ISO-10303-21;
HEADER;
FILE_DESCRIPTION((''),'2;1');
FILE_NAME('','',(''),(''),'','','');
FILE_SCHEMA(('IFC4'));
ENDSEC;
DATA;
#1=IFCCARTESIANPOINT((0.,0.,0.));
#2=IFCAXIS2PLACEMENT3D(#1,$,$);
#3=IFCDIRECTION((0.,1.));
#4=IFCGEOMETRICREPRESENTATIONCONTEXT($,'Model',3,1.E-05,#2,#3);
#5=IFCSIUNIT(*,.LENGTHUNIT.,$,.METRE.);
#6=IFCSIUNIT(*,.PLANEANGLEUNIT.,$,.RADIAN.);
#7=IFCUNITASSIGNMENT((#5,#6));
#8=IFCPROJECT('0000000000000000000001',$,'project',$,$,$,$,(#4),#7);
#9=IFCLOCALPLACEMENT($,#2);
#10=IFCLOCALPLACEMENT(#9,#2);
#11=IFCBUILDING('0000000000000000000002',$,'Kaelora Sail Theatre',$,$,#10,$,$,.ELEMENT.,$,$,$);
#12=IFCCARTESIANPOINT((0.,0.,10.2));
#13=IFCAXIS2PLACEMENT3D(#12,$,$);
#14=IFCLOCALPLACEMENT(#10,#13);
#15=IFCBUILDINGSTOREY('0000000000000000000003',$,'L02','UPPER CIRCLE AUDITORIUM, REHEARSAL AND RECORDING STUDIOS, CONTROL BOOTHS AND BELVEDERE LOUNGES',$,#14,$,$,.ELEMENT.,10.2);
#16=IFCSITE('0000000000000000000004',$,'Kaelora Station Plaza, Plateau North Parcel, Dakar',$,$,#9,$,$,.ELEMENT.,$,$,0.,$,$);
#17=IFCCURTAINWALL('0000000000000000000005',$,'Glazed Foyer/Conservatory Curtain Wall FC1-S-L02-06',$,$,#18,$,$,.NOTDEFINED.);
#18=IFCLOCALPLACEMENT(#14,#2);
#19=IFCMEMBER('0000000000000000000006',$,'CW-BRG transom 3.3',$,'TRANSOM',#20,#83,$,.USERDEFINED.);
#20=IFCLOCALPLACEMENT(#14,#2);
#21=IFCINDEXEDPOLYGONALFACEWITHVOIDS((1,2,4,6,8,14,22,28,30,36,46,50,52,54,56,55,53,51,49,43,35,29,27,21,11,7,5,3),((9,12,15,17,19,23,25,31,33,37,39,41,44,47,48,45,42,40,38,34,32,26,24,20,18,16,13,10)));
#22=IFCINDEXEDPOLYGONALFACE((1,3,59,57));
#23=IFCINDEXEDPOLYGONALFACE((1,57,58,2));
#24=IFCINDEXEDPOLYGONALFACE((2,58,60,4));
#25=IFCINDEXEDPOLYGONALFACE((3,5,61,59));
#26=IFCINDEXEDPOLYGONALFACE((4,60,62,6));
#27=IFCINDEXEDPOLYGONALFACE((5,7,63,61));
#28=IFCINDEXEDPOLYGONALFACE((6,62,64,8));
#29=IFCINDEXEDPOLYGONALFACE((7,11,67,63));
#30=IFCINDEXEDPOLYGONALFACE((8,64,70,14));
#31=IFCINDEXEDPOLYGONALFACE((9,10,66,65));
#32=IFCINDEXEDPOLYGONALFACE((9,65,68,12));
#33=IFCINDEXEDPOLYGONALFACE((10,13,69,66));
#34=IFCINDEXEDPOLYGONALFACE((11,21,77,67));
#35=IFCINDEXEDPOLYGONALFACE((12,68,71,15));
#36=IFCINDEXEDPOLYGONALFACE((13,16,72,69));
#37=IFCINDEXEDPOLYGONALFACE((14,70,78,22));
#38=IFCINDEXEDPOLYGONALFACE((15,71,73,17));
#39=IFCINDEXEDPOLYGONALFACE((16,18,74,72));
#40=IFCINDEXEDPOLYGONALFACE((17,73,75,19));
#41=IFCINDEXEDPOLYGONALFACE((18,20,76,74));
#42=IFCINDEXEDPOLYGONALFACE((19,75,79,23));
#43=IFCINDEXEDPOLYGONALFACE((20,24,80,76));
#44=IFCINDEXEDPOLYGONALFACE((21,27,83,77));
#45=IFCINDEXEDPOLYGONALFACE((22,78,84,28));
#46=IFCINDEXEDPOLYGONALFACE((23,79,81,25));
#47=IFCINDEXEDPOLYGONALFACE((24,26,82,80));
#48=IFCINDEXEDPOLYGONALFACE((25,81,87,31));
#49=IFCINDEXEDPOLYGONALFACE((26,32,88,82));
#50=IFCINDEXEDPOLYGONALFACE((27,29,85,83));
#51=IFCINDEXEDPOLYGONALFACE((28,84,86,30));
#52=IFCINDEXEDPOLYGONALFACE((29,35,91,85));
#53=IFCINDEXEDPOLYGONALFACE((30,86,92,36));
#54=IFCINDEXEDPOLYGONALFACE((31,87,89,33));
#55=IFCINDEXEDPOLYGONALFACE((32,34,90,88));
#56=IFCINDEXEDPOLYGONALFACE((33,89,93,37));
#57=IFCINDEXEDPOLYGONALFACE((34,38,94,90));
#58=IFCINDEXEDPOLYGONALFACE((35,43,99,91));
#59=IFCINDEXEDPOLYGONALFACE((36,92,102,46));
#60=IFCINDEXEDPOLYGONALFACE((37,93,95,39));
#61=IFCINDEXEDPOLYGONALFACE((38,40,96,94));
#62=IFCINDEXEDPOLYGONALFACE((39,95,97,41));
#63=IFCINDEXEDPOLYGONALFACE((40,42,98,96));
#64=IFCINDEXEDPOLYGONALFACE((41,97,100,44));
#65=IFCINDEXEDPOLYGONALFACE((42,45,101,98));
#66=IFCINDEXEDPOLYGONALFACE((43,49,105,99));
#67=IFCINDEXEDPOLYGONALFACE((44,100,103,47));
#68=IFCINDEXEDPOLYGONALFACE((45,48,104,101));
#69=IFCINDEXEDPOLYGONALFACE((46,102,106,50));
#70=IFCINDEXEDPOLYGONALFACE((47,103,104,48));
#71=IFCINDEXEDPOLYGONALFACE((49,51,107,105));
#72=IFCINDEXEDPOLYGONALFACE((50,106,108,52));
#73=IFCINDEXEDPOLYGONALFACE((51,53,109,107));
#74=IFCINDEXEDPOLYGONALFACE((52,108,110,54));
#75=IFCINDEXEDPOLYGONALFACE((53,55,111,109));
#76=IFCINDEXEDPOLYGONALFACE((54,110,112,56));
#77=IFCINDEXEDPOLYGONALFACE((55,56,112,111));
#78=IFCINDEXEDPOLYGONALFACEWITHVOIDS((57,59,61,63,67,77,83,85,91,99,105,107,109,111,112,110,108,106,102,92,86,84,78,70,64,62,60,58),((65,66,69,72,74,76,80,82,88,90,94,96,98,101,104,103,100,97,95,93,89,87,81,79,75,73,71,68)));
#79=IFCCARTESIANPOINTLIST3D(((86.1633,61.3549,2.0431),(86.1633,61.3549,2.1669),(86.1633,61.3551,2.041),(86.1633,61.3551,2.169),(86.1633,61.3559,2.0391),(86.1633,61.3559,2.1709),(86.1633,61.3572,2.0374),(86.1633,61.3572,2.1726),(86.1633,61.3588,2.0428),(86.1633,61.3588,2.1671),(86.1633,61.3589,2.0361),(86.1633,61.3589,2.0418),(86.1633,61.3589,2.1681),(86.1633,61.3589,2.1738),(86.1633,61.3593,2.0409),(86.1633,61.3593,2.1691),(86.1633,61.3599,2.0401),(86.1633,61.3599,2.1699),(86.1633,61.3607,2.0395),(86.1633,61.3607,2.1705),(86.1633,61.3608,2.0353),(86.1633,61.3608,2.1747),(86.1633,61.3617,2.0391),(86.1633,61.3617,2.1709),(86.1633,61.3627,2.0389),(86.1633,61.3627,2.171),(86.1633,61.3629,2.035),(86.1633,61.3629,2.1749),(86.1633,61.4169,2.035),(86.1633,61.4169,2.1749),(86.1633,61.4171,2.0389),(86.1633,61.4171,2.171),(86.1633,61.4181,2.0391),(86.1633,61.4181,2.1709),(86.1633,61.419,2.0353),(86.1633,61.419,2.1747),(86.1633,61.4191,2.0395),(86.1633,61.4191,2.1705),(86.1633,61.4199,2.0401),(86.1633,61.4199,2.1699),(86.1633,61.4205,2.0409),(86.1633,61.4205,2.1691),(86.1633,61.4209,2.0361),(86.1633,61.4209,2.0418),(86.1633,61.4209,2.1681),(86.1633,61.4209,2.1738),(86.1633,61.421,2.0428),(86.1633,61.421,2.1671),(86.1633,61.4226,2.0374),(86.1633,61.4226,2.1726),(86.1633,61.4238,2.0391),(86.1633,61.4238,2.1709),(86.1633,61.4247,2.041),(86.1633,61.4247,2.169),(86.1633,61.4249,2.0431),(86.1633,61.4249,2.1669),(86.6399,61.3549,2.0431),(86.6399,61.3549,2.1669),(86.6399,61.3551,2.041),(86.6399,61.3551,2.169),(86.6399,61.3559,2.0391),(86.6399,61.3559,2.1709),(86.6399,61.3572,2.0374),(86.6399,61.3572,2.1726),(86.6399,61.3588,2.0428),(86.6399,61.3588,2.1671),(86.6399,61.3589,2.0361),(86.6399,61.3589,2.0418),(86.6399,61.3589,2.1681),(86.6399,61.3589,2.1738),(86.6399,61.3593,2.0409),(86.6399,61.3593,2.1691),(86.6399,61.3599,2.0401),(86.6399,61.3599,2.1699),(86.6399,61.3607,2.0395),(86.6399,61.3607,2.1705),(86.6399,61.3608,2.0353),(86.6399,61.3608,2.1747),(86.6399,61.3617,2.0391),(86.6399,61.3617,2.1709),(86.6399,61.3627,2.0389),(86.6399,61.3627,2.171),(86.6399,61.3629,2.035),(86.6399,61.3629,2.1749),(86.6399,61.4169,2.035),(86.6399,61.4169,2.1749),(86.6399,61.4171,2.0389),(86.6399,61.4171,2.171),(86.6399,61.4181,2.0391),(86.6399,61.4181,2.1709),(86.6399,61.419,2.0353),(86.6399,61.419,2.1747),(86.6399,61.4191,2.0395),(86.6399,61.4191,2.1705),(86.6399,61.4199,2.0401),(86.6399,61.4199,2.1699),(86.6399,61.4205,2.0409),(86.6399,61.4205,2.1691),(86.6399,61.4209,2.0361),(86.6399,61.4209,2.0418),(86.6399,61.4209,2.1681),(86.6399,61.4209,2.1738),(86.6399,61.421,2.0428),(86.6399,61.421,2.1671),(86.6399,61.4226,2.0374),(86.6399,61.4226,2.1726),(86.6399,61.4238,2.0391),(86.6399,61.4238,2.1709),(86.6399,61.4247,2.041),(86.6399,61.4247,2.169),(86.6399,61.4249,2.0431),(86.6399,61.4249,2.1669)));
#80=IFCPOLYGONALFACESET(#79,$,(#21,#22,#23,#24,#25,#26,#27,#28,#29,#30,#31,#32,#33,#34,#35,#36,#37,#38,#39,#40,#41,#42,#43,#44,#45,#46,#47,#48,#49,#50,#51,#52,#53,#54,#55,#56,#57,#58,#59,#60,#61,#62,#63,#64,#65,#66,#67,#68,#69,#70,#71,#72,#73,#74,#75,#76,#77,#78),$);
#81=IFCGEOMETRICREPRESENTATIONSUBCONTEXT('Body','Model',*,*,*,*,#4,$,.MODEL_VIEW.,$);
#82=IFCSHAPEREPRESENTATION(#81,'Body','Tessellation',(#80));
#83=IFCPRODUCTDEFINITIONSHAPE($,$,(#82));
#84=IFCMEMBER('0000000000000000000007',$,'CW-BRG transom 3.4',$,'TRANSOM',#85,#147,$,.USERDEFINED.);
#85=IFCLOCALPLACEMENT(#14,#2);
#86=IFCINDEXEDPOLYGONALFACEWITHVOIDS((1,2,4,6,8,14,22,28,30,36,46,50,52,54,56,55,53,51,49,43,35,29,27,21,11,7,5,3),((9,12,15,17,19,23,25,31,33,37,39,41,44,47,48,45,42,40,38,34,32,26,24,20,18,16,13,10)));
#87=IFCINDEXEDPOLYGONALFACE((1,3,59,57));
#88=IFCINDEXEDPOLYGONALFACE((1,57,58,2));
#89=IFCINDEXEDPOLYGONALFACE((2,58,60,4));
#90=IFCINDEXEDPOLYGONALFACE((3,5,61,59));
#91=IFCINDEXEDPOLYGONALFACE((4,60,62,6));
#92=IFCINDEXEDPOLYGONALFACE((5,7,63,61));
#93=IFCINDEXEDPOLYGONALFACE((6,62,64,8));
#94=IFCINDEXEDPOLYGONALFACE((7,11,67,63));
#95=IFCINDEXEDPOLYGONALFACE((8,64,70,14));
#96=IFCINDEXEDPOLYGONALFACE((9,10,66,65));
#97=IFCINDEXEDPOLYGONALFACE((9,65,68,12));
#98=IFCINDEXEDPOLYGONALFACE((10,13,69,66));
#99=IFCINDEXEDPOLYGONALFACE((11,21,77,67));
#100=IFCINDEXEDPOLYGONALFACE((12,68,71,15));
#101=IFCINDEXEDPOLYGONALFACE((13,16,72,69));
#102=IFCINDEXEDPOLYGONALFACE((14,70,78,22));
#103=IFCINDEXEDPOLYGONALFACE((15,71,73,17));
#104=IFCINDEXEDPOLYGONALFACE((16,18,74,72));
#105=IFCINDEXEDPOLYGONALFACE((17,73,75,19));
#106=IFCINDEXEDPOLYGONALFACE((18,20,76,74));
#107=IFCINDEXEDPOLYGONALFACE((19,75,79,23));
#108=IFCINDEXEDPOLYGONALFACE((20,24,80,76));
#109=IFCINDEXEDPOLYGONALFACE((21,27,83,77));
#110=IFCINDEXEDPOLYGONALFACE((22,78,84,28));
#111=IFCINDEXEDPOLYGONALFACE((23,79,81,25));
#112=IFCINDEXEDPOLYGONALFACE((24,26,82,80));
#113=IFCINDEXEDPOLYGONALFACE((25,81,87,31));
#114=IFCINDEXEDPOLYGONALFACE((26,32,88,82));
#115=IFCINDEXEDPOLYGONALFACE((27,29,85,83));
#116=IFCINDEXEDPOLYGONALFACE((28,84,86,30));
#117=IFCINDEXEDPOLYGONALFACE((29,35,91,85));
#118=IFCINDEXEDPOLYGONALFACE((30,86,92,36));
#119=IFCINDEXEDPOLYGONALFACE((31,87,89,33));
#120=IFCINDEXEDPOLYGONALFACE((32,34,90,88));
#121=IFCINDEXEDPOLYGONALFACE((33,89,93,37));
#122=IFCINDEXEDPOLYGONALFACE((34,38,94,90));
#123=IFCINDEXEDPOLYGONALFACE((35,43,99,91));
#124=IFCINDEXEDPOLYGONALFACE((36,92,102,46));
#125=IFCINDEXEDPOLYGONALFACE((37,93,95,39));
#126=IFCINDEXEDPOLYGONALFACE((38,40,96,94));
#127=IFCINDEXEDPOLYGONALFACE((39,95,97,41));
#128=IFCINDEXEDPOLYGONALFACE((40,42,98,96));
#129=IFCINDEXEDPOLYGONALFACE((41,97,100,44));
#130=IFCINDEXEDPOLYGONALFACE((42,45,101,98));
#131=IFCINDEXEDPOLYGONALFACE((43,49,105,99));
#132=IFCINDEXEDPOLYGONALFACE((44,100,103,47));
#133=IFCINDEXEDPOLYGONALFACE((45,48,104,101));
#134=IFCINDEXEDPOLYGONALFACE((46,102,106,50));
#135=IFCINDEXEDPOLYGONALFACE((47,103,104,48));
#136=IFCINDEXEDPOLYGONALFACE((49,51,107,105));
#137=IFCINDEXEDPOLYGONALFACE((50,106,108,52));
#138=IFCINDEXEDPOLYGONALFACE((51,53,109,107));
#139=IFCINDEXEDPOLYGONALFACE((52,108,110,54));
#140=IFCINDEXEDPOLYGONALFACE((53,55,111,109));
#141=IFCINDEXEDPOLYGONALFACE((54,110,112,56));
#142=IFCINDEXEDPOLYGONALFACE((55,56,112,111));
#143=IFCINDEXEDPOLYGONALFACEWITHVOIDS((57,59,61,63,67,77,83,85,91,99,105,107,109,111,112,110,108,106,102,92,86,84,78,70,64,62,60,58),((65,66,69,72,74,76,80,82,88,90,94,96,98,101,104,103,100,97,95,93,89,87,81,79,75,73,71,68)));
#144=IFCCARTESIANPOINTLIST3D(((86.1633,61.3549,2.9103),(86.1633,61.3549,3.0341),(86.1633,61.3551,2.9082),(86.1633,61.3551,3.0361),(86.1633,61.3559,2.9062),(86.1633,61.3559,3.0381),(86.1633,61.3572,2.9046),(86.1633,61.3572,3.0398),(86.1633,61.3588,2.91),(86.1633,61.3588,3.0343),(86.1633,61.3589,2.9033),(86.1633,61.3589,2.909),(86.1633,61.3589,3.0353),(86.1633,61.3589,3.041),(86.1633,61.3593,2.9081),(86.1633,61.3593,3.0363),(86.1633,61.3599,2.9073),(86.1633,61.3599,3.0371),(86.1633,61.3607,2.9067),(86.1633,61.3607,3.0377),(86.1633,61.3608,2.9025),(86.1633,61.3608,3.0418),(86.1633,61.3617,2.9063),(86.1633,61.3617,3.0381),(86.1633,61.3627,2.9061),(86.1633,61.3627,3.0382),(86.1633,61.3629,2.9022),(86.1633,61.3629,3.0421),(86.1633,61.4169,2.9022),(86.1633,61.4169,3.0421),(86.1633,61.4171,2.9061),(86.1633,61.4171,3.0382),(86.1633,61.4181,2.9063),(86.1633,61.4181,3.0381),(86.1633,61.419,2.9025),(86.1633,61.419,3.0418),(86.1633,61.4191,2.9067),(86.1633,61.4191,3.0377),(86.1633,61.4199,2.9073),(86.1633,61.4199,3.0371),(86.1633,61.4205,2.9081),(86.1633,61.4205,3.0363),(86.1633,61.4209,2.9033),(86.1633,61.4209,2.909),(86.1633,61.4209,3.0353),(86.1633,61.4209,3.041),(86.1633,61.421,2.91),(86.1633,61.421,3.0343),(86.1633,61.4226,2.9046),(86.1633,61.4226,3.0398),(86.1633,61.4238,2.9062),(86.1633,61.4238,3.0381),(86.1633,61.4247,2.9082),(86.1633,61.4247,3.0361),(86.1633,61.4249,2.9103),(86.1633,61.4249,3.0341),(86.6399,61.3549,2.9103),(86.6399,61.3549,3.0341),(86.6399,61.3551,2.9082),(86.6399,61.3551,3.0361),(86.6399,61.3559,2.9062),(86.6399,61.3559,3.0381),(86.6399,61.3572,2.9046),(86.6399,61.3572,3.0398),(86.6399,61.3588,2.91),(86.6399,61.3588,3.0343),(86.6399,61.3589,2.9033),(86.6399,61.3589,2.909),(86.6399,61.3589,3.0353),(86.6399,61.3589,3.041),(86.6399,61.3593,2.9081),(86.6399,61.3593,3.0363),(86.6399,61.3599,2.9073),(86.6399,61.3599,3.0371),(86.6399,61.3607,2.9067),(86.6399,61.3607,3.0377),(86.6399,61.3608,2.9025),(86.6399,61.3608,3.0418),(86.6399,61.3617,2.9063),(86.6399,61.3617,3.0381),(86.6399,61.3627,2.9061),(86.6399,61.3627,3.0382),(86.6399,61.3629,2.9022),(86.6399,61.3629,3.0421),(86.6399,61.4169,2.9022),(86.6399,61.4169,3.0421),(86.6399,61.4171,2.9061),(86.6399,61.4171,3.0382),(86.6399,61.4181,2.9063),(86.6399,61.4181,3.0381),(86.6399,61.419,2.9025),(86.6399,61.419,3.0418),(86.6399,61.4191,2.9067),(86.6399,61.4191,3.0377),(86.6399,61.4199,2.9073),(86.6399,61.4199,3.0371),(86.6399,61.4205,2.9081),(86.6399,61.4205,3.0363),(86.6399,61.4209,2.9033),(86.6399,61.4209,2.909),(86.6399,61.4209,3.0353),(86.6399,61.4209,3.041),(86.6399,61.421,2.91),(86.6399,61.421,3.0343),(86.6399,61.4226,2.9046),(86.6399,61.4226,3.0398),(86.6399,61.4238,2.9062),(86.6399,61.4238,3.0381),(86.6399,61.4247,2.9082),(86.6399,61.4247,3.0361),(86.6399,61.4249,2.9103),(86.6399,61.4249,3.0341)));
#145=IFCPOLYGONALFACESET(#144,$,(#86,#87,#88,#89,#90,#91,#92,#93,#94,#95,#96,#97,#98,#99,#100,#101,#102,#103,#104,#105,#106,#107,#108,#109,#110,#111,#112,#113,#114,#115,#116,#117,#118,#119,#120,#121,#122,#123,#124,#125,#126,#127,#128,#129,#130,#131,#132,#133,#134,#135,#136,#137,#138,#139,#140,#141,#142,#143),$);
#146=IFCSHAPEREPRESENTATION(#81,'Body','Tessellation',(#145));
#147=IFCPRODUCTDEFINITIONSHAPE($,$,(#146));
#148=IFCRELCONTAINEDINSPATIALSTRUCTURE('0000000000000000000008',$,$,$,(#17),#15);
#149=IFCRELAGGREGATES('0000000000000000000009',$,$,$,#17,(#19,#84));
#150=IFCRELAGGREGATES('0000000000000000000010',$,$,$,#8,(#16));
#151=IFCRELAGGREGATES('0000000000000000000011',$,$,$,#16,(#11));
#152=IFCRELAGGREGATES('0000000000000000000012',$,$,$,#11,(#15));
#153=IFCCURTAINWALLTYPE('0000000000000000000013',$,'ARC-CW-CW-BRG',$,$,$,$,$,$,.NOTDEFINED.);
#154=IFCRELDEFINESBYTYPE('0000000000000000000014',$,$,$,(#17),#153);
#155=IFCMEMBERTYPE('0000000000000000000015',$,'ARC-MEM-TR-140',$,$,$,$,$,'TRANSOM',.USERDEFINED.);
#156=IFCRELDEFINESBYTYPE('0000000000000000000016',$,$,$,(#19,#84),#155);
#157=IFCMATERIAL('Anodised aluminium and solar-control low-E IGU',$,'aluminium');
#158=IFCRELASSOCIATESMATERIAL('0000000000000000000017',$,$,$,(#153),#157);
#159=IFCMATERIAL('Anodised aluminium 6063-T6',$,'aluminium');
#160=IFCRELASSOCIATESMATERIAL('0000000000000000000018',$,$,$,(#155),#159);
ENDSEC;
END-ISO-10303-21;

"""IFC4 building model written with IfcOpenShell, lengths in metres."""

from ifc_helpers import new_model, si_unit, direction, frame, origin, origin_2d, place, context, subcontext, project, spatial, hollow_rectangle, extrude, material, material_profile, profile_set, type_object, element, aggregate, save


model = new_model("IFC4")

# Units and contexts
model_context = context("Model", 3, precision=1e-05, world=origin(), true_north=direction((0.0, 1.0)))
body_context = subcontext(model_context, "Body", "Model", "MODEL_VIEW")
ifc_project = project(units=[si_unit("LENGTHUNIT", "METRE"), si_unit("PLANEANGLEUNIT", "RADIAN")], contexts=[model_context])

# Site, building, storey
site_placement = place(None, origin())
site = spatial("IfcSite", under=ifc_project, at=site_placement, Name="Kaelora Station Plaza, Plateau North Parcel, Dakar", CompositionType="ELEMENT", RefElevation=0.0)
building_placement = place(site_placement, origin())
building = spatial("IfcBuilding", under=site, at=building_placement, Name="Kaelora Sail Theatre", CompositionType="ELEMENT")
storey_placement = place(building_placement, frame((0.0, 0.0, 10.2)))
storey = spatial("IfcBuildingStorey", under=building, at=storey_placement, Name="L02", Description="UPPER CIRCLE AUDITORIUM, REHEARSAL AND RECORDING STUDIOS, CONTROL BOOTHS AND BELVEDERE LOUNGES", CompositionType="ELEMENT", Elevation=10.2)

# Curtain wall
ifc_material_1 = material(Name="Anodised aluminium and solar-control low-E IGU", Category="aluminium")
curtain_wall_type = type_object("IfcCurtainWallType", Name="ARC-CW-CW-BRG", PredefinedType="NOTDEFINED", material=ifc_material_1)
curtain_wall_1_placement = place(storey_placement, origin())
curtain_wall_1 = element("IfcCurtainWall", 1, at=curtain_wall_1_placement, inside=storey, type_object=curtain_wall_type, Name="Glazed Foyer/Conservatory Curtain Wall FC1-S-L02-06", PredefinedType="NOTDEFINED")

# Members
ifc_material_2 = material(Name="Anodised aluminium 6063-T6", Category="aluminium")
ifc_material_profile_1 = material_profile(ifc_material_2, hollow_rectangle(XDim=0.0701, YDim=0.1399, WallThickness=0.0039, InnerFilletRadius=0.0039, OuterFilletRadius=0.0081, at=origin_2d()), Name="ALU-TRAN 70x140x4")
ifc_profile_set_1 = profile_set([ifc_material_profile_1], Name="Anodised aluminium 6063-T6")
member_type_1 = type_object("IfcMemberType", Name="ARC-MEM-TR-140", ElementType="TRANSOM", PredefinedType="USERDEFINED", material=ifc_profile_set_1)
member_1_placement = place(storey_placement, frame((86.1633, 61.3899, 2.105), z_axis=(1.0, 0.0, 0.0), x_axis=(0.0, 1.0, 0.0)))
member_1 = element("IfcMember", 2, at=member_1_placement, type_object=member_type_1, Name="CW-BRG transom 3.3", ObjectType="TRANSOM", PredefinedType="USERDEFINED", context=body_context, shape_type="SweptSolid", body=[
    extrude(hollow_rectangle(XDim=0.0701, YDim=0.1399, WallThickness=0.0039, InnerFilletRadius=0.0039, OuterFilletRadius=0.0081, at=origin_2d()), origin(), (0.0, 0.0, 1.0), 0.4766),
])
member_2_placement = place(storey_placement, frame((86.1633, 61.3899, 2.9722), z_axis=(1.0, 0.0, 0.0), x_axis=(0.0, 1.0, 0.0)))
member_2 = element("IfcMember", 3, at=member_2_placement, type_object=member_type_1, Name="CW-BRG transom 3.4", ObjectType="TRANSOM", PredefinedType="USERDEFINED", context=body_context, shape_type="SweptSolid", body=[
    extrude(hollow_rectangle(XDim=0.0701, YDim=0.1399, WallThickness=0.0039, InnerFilletRadius=0.0039, OuterFilletRadius=0.0081, at=origin_2d()), origin(), (0.0, 0.0, 1.0), 0.4766),
])

aggregate(curtain_wall_1, [member_1, member_2])

save(model, "model.ifc")
